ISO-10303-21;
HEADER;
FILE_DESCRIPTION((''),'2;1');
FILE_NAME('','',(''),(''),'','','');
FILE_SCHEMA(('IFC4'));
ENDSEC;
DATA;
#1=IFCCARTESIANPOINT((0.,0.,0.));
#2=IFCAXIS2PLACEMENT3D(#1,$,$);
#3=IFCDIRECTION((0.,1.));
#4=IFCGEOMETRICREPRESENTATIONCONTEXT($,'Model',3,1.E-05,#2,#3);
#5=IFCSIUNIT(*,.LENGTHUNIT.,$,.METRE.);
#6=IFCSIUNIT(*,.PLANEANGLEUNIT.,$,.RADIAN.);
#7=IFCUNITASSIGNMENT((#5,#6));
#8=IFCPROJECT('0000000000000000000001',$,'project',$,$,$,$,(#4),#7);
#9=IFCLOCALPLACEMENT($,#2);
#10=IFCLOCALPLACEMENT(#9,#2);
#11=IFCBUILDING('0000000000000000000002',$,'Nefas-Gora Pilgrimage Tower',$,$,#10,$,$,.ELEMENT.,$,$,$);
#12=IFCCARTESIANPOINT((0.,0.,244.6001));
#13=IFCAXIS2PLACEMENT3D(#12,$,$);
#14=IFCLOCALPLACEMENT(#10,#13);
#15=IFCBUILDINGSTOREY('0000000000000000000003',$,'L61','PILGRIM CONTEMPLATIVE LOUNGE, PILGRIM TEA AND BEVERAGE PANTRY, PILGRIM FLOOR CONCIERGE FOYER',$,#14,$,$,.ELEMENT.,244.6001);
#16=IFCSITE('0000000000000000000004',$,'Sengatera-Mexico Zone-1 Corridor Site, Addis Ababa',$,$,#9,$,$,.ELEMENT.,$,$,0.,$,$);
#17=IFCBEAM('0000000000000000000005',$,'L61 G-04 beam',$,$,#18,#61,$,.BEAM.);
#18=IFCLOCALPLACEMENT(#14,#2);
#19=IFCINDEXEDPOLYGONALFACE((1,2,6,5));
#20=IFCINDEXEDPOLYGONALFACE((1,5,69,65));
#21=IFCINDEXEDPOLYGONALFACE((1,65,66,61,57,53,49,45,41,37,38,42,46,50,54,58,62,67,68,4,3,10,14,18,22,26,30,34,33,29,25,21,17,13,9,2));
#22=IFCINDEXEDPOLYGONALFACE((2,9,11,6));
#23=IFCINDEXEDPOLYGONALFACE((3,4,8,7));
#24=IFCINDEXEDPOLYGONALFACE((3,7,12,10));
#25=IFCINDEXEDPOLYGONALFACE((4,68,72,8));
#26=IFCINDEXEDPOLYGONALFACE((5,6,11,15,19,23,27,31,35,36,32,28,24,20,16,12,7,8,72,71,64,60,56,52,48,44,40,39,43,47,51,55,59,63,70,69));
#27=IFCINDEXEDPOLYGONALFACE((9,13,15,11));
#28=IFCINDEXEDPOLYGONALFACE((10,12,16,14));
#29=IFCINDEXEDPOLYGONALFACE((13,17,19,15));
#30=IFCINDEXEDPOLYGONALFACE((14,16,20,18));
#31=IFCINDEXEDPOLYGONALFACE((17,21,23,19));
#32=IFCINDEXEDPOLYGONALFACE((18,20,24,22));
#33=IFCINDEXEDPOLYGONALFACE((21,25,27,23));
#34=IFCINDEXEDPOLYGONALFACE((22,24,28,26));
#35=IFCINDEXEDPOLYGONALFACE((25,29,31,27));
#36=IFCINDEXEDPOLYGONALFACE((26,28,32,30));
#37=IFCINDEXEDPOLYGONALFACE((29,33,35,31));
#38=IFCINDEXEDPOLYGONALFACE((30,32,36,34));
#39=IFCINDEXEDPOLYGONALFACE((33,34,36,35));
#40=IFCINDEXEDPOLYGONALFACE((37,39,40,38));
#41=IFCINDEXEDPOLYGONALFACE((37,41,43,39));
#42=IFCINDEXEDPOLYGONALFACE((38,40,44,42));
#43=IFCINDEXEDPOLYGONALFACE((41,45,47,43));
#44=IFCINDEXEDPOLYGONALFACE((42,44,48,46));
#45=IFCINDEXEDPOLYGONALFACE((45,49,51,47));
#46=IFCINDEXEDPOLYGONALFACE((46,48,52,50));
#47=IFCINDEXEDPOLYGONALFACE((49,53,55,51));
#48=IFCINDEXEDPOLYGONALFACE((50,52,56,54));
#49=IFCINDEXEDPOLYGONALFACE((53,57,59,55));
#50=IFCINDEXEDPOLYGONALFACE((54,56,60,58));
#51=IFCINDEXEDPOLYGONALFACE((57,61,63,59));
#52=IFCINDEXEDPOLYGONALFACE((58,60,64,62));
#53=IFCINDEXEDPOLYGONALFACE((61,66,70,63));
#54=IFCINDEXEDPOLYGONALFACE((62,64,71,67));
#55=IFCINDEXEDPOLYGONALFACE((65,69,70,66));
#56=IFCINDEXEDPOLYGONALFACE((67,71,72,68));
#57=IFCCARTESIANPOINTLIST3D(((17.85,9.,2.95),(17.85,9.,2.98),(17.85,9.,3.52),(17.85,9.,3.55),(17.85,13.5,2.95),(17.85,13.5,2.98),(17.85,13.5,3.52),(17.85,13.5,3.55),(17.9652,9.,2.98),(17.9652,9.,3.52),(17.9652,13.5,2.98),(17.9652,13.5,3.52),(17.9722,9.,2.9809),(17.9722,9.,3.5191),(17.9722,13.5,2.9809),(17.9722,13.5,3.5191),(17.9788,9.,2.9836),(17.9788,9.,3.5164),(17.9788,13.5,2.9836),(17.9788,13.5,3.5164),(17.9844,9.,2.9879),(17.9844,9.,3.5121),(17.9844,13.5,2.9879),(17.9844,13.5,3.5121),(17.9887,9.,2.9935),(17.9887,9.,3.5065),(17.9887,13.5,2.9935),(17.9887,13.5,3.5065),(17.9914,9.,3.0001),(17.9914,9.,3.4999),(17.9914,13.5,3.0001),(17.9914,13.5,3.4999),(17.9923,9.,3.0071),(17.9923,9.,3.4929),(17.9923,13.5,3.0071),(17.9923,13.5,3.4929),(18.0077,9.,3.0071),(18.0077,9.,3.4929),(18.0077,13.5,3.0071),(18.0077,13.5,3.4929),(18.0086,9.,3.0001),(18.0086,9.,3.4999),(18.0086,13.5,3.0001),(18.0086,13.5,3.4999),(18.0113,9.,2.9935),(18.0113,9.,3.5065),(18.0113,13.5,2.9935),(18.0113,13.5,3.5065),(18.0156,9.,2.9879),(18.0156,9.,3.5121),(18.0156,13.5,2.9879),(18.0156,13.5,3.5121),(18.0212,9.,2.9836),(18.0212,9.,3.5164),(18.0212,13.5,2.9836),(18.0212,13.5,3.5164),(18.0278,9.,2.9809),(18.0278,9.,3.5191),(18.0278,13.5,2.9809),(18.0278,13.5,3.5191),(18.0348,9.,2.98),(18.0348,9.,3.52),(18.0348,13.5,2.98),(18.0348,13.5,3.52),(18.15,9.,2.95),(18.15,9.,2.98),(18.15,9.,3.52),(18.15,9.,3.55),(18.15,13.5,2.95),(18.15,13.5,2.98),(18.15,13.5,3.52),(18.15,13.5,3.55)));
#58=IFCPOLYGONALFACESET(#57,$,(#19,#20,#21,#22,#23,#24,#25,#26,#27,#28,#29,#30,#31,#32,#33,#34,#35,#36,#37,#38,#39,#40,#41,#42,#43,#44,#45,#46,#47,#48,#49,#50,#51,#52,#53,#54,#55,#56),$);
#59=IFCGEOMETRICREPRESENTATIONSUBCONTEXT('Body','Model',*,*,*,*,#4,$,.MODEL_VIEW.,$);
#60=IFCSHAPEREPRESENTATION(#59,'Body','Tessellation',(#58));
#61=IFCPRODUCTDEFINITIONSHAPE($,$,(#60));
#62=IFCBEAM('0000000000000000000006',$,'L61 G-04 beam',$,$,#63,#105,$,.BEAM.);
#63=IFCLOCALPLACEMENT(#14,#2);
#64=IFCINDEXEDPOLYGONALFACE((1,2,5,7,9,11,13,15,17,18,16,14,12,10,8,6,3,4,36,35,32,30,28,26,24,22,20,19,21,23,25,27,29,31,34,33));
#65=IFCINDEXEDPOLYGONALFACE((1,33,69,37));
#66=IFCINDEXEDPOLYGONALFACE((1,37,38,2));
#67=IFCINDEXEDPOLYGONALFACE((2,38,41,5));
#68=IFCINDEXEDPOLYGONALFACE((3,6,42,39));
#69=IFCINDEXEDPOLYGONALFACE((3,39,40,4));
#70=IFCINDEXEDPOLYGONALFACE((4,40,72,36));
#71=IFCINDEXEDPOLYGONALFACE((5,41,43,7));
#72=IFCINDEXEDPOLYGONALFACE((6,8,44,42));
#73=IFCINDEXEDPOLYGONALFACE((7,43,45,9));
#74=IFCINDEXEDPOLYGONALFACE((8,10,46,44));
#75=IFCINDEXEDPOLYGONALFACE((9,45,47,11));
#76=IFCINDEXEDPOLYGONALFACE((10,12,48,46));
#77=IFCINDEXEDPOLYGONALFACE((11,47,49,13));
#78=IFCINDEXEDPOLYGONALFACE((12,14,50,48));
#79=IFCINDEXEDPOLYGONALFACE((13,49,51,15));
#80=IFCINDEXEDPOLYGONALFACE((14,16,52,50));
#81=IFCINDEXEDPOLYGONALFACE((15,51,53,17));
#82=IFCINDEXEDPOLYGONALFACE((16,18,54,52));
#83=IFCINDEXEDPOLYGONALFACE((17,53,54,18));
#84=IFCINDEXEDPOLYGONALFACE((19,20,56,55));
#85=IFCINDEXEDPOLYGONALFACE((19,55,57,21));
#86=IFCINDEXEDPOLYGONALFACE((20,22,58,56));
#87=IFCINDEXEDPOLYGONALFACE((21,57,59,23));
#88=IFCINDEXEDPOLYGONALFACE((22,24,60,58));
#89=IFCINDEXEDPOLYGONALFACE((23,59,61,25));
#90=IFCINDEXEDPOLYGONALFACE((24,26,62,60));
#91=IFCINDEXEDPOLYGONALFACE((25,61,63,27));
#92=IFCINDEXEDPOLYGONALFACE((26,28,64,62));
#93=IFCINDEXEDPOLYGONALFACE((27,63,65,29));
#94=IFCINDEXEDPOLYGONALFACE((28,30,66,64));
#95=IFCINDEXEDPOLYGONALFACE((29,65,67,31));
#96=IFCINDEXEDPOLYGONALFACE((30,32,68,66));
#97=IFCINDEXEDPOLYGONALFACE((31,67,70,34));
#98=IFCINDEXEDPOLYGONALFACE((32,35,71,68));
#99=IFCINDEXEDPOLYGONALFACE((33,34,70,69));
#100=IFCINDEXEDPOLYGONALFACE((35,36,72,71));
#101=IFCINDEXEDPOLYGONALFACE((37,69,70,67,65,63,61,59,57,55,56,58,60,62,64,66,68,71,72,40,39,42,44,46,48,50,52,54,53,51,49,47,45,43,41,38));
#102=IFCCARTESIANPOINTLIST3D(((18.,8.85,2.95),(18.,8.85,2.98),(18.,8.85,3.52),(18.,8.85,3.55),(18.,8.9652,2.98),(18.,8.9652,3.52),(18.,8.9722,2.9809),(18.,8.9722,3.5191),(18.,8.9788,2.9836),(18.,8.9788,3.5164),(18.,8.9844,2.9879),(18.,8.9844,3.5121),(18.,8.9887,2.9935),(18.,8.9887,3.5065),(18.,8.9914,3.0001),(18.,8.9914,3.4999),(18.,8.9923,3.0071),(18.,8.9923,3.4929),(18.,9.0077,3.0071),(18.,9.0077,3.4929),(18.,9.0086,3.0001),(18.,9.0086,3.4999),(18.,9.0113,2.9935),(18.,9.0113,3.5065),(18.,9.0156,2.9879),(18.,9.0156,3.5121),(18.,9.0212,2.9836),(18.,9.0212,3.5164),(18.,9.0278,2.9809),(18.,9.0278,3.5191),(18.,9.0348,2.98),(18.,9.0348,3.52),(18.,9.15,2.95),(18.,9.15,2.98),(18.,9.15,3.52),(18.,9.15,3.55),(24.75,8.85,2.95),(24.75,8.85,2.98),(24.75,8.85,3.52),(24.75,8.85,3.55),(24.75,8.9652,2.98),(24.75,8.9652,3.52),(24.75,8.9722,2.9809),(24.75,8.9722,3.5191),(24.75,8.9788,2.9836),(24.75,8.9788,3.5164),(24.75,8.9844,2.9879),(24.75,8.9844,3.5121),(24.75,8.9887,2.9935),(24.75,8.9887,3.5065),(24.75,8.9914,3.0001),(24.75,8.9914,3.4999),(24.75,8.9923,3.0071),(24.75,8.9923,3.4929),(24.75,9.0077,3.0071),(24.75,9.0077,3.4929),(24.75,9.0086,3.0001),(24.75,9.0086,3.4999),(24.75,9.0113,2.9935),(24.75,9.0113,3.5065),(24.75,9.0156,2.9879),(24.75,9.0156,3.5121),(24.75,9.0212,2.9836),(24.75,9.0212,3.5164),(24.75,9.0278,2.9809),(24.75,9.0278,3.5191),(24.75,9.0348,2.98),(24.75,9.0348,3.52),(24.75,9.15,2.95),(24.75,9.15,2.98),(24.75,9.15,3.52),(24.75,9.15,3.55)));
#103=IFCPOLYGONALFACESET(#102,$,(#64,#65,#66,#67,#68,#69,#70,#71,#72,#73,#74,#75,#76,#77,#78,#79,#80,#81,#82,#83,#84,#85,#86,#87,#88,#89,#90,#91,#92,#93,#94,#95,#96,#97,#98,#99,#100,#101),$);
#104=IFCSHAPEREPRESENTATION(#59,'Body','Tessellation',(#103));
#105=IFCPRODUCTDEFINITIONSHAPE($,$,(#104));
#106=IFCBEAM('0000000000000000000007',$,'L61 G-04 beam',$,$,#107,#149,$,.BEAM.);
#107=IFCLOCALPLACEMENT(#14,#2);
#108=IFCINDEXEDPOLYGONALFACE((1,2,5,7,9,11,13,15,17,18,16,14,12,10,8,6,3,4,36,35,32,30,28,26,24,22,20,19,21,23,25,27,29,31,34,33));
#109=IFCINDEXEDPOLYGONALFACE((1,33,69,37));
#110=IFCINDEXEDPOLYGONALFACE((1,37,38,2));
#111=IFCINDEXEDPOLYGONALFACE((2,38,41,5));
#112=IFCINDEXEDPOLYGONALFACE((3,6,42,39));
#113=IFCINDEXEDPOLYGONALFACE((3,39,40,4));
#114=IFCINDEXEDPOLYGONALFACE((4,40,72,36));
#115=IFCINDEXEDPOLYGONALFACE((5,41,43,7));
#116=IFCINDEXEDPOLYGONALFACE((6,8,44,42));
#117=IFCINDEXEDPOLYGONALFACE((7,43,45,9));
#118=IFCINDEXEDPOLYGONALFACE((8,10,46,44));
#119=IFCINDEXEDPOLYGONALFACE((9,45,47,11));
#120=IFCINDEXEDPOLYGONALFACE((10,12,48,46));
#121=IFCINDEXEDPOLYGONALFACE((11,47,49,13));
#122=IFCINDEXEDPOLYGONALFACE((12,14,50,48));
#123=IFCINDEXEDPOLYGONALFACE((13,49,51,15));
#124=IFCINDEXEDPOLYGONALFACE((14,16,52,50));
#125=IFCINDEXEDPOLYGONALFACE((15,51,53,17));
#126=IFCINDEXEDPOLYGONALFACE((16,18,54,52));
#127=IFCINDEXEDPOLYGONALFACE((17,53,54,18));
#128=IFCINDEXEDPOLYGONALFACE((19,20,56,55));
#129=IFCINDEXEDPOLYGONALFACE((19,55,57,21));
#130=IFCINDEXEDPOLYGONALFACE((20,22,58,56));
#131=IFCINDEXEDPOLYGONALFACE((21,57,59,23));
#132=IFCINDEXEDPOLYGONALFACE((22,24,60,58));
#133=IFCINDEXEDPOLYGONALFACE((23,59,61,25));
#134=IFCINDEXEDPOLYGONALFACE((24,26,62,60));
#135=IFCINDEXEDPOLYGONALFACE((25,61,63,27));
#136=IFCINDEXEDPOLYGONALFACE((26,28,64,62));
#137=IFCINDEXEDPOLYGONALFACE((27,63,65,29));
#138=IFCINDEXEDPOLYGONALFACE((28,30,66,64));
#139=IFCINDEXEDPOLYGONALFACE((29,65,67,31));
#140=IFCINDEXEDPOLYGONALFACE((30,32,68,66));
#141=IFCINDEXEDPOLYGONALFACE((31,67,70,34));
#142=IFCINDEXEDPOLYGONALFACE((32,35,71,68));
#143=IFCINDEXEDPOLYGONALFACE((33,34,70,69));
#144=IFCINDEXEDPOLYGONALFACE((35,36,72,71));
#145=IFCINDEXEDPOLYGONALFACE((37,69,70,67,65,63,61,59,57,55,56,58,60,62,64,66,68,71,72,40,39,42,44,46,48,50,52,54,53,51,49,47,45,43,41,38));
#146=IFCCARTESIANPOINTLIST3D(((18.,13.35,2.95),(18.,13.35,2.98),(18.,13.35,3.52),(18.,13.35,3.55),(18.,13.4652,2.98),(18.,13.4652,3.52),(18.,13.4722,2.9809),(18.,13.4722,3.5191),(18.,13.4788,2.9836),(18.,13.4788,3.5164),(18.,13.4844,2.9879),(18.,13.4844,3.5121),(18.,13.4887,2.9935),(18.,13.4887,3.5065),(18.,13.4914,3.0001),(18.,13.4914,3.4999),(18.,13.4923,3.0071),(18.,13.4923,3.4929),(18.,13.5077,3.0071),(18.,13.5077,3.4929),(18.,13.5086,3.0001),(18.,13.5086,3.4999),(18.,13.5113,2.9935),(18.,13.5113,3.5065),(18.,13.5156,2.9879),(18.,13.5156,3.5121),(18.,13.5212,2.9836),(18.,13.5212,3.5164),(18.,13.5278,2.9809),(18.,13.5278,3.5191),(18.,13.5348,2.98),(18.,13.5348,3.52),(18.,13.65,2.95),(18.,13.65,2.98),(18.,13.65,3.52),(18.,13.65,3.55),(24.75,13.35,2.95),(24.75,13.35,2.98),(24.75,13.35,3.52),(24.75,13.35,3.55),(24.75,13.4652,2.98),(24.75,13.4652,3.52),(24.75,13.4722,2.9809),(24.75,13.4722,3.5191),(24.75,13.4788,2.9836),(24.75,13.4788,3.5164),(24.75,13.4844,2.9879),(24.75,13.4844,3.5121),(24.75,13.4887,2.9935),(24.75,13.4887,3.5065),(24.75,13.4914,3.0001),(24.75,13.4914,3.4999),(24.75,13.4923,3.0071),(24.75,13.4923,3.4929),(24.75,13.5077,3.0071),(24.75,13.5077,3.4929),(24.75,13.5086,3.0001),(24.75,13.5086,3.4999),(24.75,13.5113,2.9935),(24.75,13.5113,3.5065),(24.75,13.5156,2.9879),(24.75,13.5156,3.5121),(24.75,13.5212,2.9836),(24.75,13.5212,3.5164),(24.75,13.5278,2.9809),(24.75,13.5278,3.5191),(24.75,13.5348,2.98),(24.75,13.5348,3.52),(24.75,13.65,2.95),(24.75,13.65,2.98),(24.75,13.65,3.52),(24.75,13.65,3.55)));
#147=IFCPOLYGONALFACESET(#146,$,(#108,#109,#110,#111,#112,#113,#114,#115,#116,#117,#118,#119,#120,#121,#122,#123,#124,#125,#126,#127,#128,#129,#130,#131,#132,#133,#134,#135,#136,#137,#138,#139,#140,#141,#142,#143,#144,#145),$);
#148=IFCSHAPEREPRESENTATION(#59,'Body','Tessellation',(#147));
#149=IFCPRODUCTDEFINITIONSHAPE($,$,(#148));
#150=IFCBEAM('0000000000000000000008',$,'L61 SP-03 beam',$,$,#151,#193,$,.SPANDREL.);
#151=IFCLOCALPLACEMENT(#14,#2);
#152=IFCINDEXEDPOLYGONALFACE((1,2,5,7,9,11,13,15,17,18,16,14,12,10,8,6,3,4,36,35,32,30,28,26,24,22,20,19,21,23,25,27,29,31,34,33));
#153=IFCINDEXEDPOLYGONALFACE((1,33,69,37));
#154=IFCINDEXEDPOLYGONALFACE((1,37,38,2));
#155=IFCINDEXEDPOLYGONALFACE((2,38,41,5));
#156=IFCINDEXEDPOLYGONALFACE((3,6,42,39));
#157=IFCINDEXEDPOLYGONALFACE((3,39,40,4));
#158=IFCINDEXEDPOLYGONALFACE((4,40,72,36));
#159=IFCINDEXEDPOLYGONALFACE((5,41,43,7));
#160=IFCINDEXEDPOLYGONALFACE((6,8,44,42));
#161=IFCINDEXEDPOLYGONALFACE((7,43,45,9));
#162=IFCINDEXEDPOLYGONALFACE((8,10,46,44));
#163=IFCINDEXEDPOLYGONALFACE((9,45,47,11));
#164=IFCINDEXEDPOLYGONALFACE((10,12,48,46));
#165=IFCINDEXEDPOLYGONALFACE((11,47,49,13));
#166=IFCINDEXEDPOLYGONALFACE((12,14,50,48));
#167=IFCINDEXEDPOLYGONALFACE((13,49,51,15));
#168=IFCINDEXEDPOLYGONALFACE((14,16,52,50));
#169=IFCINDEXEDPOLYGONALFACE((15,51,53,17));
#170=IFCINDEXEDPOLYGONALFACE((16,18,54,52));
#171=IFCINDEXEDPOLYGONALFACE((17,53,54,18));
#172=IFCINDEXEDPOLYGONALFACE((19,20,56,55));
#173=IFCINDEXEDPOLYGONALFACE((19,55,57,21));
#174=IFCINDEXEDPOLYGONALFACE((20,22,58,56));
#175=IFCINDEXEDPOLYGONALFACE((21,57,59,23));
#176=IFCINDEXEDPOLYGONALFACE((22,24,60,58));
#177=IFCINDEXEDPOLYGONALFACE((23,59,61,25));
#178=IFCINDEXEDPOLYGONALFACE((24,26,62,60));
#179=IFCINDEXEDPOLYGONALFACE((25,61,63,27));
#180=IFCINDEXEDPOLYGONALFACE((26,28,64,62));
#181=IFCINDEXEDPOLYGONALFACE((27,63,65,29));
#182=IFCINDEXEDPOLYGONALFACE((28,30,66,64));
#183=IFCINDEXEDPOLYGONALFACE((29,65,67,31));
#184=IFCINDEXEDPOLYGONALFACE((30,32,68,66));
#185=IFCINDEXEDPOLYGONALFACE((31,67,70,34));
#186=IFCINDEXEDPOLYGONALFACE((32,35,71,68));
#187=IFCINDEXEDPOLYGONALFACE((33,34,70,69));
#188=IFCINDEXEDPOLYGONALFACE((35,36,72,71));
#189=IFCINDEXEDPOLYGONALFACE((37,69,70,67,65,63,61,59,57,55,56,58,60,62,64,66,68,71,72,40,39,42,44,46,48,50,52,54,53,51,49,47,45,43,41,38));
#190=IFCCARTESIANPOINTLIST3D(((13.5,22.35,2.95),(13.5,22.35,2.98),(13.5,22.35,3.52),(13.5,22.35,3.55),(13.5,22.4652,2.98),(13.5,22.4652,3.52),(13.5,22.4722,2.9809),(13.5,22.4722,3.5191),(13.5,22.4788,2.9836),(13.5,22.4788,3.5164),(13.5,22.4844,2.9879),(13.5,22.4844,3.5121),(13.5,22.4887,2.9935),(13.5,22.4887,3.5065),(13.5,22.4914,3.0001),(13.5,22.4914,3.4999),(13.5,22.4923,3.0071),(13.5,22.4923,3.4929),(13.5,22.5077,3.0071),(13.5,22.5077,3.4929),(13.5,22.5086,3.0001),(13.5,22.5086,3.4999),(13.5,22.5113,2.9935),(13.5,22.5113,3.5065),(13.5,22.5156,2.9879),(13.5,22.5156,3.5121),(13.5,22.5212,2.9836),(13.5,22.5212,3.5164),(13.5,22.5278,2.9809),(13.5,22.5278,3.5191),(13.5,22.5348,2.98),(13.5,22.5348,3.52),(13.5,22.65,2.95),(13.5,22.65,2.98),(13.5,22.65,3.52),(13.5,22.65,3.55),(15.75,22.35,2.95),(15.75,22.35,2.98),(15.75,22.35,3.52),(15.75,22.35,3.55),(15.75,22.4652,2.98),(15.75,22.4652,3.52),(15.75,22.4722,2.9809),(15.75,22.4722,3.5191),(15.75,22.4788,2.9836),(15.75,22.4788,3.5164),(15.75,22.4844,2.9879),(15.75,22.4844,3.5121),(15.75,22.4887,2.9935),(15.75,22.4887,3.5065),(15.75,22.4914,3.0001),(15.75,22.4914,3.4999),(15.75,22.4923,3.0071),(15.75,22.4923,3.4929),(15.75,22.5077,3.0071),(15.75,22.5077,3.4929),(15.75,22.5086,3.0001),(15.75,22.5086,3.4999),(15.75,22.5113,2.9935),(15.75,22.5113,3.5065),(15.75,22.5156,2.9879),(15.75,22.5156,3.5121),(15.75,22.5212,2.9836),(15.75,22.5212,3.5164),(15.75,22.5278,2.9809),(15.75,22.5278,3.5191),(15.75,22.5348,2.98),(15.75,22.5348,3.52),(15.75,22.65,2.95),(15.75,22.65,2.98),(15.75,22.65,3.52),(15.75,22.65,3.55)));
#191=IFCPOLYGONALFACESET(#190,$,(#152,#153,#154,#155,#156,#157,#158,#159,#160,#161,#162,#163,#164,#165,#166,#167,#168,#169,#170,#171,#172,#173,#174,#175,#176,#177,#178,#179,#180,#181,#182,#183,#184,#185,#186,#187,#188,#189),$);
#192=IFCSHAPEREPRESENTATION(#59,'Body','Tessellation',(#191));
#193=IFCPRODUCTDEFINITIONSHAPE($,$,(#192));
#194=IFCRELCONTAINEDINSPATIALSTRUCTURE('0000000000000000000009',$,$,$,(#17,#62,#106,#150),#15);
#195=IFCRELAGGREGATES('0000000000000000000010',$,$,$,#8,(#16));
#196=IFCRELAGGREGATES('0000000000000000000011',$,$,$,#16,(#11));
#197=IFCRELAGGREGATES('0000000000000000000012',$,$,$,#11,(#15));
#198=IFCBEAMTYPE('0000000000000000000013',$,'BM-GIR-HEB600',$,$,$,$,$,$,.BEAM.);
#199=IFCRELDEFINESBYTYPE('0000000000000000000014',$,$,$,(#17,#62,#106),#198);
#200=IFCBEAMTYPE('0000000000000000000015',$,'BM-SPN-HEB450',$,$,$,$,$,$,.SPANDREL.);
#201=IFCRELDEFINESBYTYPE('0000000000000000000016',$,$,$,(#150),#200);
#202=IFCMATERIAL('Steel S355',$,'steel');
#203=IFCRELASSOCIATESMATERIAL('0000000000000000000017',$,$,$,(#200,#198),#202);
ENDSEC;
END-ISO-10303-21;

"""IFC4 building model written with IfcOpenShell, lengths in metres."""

from ifc_helpers import new_model, si_unit, direction, frame, origin, origin_2d, place, context, subcontext, project, spatial, i_section, extrude, source, transform, mapped, material, material_profile, profile_set, type_object, element, save


model = new_model("IFC4")

# Units and contexts
model_context = context("Model", 3, precision=1e-05, world=origin(), true_north=direction((0.0, 1.0)))
body_context = subcontext(model_context, "Body", "Model", "MODEL_VIEW")
ifc_project = project(units=[si_unit("LENGTHUNIT", "METRE"), si_unit("PLANEANGLEUNIT", "RADIAN")], contexts=[model_context])

# Site, building, storey
site_placement = place(None, origin())
site = spatial("IfcSite", under=ifc_project, at=site_placement, Name="Sengatera-Mexico Zone-1 Corridor Site, Addis Ababa", CompositionType="ELEMENT", RefElevation=0.0)
building_placement = place(site_placement, origin())
building = spatial("IfcBuilding", under=site, at=building_placement, Name="Nefas-Gora Pilgrimage Tower", CompositionType="ELEMENT")
storey_placement = place(building_placement, frame((0.0, 0.0, 244.6001)))
storey = spatial("IfcBuildingStorey", under=building, at=storey_placement, Name="L61", Description="PILGRIM CONTEMPLATIVE LOUNGE, PILGRIM TEA AND BEVERAGE PANTRY, PILGRIM FLOOR CONCIERGE FOYER", CompositionType="ELEMENT", Elevation=244.6001)

# Beams
ifc_material_1 = material(Name="Steel S355", Category="steel")
ifc_material_profile_1 = material_profile(ifc_material_1, i_section(OverallWidth=0.3, OverallDepth=0.6001, WebThickness=0.0154, FlangeThickness=0.03, FilletRadius=0.0271, at=origin_2d()), Name="HEB 600")
ifc_profile_set_1 = profile_set([ifc_material_profile_1], Name="Steel S355")
beam_type_1 = type_object("IfcBeamType", Name="BM-SPN-HEB450", PredefinedType="SPANDREL", material=ifc_profile_set_1)
ifc_material_profile_2 = material_profile(ifc_material_1, i_section(OverallWidth=0.3, OverallDepth=0.6001, WebThickness=0.0154, FlangeThickness=0.03, FilletRadius=0.0271, at=origin_2d()), Name="HEB 600")
ifc_profile_set_2 = profile_set([ifc_material_profile_2], Name="Steel S355")
beam_type_2 = type_object("IfcBeamType", Name="BM-GIR-HEB600", PredefinedType="BEAM", material=ifc_profile_set_2)
shared_shape_1 = source(origin(), body_context, "Body", "SweptSolid", [
    extrude(i_section(OverallWidth=0.3, OverallDepth=0.6001, WebThickness=0.0154, FlangeThickness=0.03, FilletRadius=0.0271, at=origin_2d()), origin(), (0.0, 0.0, 1.0), 4.5),
])
beam_1_placement = place(storey_placement, frame((18.0, 9.0, 3.25), z_axis=(0.0, 1.0, 0.0), x_axis=(-1.0, 0.0, 0.0)))
element("IfcBeam", 1, at=beam_1_placement, inside=storey, type_object=beam_type_2, Name="L61 G-04 beam", PredefinedType="BEAM", context=body_context, shape_type="MappedRepresentation", body=[
    mapped(shared_shape_1, transform((0.0, 0.0, 0.0), x_axis=(1.0, 0.0, 0.0), y_axis=(0.0, 1.0, 0.0), z_axis=(0.0, 0.0, 1.0), scale=1.0)),
])
shared_shape_2 = source(origin(), body_context, "Body", "SweptSolid", [
    extrude(i_section(OverallWidth=0.3, OverallDepth=0.6001, WebThickness=0.0154, FlangeThickness=0.03, FilletRadius=0.0271, at=origin_2d()), origin(), (0.0, 0.0, 1.0), 6.75),
])
for number, where, z_axis, x_axis, name in (
    (2, (18.0, 9.0, 3.25), (1.0, 0.0, 0.0), (0.0, 1.0, 0.0), "L61 G-04 beam"),
    (3, (18.0, 13.5, 3.25), (1.0, 0.0, 0.0), (0.0, 1.0, 0.0), "L61 G-04 beam"),
):
    element("IfcBeam", number, at=place(storey_placement, frame(where, z_axis=z_axis, x_axis=x_axis)), inside=storey, type_object=beam_type_2, Name=name, PredefinedType="BEAM", context=body_context, shape_type="MappedRepresentation", body=[
        mapped(shared_shape_2, transform((0.0, 0.0, 0.0), x_axis=(1.0, 0.0, 0.0), y_axis=(0.0, 1.0, 0.0), z_axis=(0.0, 0.0, 1.0), scale=1.0)),
    ])
shared_shape_3 = source(origin(), body_context, "Body", "SweptSolid", [
    extrude(i_section(OverallWidth=0.3, OverallDepth=0.6001, WebThickness=0.0154, FlangeThickness=0.03, FilletRadius=0.0271, at=origin_2d()), origin(), (0.0, 0.0, 1.0), 2.25),
])
beam_2_placement = place(storey_placement, frame((13.5, 22.5, 3.25), z_axis=(1.0, 0.0, 0.0), x_axis=(0.0, 1.0, 0.0)))
element("IfcBeam", 4, at=beam_2_placement, inside=storey, type_object=beam_type_1, Name="L61 SP-03 beam", PredefinedType="SPANDREL", context=body_context, shape_type="MappedRepresentation", body=[
    mapped(shared_shape_3, transform((0.0, 0.0, 0.0), x_axis=(1.0, 0.0, 0.0), y_axis=(0.0, 1.0, 0.0), z_axis=(0.0, 0.0, 1.0), scale=1.0)),
])

save(model, "model.ifc")
